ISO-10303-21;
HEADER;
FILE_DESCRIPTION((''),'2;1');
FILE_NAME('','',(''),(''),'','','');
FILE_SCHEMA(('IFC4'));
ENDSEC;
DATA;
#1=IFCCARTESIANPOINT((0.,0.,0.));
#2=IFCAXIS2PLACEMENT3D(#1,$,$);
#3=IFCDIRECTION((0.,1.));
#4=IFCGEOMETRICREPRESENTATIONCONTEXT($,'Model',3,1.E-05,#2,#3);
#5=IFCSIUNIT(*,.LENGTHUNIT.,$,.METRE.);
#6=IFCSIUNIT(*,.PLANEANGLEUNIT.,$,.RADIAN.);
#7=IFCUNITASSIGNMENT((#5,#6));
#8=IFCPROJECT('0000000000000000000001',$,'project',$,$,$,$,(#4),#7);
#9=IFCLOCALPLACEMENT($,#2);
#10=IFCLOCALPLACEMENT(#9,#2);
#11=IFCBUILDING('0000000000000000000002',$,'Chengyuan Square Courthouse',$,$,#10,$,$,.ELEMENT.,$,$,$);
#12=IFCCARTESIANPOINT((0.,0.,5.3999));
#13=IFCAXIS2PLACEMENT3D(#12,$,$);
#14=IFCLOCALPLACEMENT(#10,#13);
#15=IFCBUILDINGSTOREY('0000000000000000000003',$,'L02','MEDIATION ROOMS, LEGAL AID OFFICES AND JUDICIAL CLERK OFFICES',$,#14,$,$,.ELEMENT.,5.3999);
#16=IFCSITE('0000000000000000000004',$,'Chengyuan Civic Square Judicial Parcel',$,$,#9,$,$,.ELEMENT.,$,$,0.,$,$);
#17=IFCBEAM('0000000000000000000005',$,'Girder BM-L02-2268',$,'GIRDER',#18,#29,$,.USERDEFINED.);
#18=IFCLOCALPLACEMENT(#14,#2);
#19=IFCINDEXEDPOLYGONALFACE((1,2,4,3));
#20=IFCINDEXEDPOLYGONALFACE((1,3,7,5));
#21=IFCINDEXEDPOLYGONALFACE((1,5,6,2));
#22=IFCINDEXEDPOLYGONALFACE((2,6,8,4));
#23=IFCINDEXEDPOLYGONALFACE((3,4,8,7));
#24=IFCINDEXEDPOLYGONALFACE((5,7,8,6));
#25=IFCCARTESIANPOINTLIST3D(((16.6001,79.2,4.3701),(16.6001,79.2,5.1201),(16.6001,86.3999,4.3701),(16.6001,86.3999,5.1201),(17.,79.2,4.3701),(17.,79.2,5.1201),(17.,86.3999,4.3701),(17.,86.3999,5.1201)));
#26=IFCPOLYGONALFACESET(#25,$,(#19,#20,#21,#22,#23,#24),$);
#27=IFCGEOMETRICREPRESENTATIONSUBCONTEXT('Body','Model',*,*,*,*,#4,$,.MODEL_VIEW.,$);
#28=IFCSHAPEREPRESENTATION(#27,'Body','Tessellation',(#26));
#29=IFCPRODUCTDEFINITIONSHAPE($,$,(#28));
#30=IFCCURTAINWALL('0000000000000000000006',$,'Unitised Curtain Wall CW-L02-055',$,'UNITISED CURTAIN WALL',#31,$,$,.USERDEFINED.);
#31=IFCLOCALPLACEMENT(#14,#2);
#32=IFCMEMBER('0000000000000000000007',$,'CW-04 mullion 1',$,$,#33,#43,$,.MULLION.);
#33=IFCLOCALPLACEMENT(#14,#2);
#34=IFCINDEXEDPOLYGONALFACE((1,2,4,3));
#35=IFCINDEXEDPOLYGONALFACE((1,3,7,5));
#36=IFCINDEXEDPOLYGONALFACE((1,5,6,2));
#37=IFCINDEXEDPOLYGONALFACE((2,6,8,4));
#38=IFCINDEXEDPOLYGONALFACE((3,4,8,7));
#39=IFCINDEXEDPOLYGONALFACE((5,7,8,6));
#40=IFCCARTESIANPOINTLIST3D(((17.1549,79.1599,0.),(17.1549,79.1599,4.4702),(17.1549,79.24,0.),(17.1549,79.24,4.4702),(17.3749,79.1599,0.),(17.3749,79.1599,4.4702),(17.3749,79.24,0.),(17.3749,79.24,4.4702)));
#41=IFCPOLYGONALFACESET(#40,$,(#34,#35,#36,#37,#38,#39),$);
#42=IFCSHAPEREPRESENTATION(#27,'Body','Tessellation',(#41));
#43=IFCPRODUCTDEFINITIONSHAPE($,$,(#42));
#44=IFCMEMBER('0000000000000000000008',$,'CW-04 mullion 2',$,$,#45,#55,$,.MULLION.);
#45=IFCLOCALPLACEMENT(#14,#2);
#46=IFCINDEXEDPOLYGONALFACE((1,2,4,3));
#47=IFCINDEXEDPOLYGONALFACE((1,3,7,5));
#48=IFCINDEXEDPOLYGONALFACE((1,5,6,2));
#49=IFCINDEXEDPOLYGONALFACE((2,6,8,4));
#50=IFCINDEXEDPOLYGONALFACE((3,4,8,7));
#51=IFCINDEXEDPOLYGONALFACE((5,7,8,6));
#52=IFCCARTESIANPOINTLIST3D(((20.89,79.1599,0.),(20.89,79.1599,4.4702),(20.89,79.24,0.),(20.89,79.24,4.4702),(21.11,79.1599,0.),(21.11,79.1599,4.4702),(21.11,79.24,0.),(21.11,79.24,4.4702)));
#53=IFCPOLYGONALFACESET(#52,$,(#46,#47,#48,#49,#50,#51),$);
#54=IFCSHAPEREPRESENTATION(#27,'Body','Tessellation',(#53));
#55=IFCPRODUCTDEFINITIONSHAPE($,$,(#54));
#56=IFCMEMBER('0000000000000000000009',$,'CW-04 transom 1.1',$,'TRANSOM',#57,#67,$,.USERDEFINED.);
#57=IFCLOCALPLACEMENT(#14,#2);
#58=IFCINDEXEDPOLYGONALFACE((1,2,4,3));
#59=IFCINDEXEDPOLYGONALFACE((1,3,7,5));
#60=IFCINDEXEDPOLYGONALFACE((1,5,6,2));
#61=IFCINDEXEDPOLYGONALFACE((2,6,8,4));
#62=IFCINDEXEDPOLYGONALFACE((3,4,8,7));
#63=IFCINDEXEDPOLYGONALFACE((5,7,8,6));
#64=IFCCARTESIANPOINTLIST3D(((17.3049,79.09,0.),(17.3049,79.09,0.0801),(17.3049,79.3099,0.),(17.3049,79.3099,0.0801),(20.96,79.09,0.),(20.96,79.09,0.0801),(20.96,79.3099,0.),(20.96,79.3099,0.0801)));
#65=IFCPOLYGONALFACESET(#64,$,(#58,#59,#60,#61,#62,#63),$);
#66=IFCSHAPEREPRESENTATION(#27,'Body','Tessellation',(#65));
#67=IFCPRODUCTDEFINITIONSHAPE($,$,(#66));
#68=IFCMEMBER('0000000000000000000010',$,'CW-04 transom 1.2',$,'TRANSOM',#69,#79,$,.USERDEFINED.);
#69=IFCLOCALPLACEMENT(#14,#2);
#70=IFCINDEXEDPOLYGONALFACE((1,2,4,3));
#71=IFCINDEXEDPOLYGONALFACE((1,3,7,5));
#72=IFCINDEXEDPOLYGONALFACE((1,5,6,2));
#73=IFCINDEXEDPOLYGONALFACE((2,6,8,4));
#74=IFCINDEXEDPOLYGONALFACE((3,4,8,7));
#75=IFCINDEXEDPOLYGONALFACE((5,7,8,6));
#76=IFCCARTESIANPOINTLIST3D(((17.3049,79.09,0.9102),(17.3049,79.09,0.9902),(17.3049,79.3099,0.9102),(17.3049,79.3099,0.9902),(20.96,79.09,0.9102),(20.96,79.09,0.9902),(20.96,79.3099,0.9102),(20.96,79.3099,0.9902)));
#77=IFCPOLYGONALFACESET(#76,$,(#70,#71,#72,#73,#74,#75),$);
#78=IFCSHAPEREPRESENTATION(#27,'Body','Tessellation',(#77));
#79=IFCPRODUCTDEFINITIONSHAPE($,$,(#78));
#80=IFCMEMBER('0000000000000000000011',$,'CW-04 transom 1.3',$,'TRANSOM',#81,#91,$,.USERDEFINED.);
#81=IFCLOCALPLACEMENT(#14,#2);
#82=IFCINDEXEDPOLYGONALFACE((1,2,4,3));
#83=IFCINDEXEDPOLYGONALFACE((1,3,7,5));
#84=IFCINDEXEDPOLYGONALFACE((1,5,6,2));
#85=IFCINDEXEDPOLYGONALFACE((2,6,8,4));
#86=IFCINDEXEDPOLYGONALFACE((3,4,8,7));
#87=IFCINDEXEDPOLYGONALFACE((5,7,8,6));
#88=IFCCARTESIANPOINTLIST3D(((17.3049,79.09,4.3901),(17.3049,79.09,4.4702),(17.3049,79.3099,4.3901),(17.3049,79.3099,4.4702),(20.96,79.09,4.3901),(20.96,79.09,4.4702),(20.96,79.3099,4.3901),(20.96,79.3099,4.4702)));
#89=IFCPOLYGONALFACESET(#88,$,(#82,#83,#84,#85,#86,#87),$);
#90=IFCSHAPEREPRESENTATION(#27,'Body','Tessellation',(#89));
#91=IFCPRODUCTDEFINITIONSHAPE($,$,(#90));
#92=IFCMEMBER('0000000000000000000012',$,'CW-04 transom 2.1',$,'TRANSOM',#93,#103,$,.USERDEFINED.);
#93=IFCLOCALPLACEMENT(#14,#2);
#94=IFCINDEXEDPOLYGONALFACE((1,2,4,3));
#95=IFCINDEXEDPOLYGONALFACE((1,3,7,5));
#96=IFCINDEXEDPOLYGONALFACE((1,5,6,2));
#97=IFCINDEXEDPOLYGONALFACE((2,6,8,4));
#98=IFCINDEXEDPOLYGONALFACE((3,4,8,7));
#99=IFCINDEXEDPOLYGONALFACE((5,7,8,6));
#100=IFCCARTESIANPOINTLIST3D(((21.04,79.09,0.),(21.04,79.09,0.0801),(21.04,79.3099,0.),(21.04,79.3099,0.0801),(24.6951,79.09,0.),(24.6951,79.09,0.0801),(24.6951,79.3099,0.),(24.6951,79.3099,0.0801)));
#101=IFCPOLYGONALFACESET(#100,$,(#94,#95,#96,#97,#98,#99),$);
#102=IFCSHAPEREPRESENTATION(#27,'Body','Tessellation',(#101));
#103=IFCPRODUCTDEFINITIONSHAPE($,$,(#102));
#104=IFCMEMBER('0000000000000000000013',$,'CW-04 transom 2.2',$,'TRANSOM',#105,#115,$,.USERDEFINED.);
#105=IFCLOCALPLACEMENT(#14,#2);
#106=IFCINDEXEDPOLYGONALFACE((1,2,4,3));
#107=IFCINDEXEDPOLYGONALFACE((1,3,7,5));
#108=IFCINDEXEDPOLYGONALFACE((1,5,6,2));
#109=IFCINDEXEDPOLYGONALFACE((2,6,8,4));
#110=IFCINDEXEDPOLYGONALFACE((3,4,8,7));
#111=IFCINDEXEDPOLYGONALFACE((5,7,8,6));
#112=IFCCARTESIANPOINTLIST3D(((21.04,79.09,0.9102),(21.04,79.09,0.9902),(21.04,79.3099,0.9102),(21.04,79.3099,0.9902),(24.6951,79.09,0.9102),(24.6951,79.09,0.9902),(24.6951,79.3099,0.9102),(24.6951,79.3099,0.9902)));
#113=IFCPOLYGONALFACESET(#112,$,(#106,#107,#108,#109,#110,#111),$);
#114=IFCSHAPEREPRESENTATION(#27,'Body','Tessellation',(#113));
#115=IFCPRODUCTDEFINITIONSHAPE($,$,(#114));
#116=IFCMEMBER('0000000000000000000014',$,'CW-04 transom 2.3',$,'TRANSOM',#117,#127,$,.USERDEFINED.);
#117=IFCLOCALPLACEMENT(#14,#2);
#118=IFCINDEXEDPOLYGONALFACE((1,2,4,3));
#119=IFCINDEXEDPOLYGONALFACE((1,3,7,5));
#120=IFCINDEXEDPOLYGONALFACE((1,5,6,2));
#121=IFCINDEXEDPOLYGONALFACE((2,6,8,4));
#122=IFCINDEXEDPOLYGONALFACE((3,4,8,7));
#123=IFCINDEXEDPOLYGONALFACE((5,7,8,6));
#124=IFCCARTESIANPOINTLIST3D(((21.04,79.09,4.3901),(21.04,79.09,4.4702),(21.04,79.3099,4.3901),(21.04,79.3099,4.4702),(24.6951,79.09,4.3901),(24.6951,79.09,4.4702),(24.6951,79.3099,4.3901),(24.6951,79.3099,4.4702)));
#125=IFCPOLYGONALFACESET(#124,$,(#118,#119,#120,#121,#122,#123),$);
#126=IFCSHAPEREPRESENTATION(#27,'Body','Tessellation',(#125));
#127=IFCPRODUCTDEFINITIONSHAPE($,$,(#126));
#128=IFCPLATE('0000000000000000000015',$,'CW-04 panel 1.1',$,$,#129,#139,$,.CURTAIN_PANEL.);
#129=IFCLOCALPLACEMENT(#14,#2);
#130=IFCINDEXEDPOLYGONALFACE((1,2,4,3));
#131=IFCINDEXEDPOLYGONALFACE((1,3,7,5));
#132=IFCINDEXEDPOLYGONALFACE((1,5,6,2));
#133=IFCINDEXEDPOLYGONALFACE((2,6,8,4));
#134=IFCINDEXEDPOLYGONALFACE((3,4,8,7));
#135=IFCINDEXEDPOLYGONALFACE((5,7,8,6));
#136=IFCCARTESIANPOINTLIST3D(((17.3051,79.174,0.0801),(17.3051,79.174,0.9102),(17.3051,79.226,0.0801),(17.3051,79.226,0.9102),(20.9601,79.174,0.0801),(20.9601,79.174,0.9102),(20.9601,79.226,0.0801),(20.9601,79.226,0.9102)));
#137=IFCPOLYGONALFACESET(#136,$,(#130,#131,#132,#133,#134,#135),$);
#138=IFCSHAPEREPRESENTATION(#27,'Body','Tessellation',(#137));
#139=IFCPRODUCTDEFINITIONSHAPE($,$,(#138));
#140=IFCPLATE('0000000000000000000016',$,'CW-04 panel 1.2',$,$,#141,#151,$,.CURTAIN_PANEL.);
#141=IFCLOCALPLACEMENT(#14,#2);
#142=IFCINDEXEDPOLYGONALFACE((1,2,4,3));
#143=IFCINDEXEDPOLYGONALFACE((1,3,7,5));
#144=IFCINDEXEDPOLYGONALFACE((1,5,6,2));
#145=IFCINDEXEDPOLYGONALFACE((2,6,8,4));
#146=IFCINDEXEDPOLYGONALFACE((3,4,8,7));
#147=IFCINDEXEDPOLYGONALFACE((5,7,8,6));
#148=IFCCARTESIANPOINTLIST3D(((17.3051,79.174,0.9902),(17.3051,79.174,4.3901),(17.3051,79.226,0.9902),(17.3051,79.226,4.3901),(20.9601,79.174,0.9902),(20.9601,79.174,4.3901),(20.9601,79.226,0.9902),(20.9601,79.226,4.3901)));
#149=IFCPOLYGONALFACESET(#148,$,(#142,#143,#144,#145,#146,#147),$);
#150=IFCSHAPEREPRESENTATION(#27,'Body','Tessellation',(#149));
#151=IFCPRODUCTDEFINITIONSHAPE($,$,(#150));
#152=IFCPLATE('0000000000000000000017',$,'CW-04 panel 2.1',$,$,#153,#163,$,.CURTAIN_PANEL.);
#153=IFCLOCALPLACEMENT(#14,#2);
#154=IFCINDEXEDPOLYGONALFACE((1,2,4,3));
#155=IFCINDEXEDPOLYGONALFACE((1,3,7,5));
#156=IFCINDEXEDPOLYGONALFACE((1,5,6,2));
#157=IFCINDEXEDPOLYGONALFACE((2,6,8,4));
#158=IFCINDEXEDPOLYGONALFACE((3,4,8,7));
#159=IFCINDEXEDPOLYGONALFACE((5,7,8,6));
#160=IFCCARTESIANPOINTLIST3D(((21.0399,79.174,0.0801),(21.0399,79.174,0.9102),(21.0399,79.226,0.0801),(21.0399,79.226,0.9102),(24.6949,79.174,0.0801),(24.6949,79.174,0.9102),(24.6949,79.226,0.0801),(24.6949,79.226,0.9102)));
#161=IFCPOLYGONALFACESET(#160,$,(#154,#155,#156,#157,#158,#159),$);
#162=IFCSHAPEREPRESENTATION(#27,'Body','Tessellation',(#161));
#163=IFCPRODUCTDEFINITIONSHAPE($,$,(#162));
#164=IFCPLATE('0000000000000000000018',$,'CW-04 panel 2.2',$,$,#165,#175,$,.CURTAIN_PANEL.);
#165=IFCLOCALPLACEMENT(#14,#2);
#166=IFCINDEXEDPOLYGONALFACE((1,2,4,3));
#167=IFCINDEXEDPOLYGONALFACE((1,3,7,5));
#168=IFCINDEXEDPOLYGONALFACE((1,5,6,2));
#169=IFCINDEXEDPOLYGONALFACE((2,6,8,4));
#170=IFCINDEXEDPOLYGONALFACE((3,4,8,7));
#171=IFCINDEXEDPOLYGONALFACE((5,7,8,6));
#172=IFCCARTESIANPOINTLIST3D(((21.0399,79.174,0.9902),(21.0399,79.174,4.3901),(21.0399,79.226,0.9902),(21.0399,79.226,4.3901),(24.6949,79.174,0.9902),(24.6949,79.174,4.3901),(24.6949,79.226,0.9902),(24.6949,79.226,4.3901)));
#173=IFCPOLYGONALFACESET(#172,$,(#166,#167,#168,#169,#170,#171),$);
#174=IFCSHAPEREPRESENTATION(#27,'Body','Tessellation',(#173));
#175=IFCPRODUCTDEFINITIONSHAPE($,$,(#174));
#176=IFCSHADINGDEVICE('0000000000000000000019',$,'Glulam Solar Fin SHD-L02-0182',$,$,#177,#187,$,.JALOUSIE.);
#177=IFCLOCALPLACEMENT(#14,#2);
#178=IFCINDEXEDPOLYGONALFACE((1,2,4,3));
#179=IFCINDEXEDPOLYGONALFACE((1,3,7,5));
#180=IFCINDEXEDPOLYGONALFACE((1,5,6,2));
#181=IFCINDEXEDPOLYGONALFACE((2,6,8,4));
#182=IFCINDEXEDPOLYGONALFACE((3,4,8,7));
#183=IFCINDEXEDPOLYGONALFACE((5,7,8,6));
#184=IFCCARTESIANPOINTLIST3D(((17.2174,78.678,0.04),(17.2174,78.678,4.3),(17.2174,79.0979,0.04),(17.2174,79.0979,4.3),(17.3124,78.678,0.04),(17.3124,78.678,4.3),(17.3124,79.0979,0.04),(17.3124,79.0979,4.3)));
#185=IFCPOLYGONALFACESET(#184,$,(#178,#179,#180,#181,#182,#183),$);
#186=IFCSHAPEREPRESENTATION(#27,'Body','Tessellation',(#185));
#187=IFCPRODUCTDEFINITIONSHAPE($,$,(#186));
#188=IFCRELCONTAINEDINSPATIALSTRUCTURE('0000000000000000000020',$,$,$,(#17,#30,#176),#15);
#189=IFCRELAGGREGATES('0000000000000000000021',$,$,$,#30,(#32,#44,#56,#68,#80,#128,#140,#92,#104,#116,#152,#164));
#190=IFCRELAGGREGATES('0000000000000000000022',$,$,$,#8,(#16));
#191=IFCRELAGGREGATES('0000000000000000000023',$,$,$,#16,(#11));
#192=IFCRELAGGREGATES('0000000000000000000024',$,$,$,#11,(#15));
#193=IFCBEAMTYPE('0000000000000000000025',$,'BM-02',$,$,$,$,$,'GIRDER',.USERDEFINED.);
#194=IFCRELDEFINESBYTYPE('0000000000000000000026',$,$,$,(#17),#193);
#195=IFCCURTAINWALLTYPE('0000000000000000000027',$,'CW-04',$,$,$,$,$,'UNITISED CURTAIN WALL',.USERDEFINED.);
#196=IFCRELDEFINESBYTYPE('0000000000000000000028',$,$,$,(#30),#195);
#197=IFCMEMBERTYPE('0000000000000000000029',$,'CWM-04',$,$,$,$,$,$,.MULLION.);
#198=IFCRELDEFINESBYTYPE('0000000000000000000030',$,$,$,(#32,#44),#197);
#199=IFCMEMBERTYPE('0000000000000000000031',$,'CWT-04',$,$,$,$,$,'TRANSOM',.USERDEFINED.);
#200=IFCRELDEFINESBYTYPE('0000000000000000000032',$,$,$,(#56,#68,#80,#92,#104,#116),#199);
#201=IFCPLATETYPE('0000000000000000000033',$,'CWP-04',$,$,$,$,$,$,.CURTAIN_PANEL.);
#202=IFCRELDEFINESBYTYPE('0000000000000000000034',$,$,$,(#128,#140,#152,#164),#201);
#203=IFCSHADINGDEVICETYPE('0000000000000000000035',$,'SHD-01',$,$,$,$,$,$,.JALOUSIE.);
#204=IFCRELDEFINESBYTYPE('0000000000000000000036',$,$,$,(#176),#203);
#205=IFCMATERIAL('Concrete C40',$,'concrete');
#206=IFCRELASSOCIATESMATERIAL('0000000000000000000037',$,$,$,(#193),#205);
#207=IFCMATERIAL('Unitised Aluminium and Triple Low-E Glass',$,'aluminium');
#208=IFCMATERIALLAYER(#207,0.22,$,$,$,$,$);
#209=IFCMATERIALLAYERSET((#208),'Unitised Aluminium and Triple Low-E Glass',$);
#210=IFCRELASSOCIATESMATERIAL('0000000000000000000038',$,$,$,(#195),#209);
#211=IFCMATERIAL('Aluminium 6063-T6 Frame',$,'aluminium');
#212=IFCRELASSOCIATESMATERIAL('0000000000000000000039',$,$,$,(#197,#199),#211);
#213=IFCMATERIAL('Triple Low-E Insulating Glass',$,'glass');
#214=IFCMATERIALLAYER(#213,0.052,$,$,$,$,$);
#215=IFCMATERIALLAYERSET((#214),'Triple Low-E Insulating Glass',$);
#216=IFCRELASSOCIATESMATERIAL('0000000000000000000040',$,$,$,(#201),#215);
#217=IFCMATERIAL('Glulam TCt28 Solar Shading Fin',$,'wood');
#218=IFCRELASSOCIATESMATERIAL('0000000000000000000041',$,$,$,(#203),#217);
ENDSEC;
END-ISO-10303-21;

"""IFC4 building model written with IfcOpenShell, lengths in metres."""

from ifc_helpers import new_model, si_unit, direction, frame, origin, origin_2d, place, context, subcontext, project, spatial, rectangle, extrude, material, layer, layer_set, material_profile, profile_set, type_object, element, aggregate, save


model = new_model("IFC4")

# Units and contexts
model_context = context("Model", 3, precision=1e-05, world=origin(), true_north=direction((0.0, 1.0)))
body_context = subcontext(model_context, "Body", "Model", "MODEL_VIEW")
ifc_project = project(units=[si_unit("LENGTHUNIT", "METRE"), si_unit("PLANEANGLEUNIT", "RADIAN")], contexts=[model_context])

# Site, building, storey
site_placement = place(None, origin())
site = spatial("IfcSite", under=ifc_project, at=site_placement, Name="Chengyuan Civic Square Judicial Parcel", CompositionType="ELEMENT", RefElevation=0.0)
building_placement = place(site_placement, origin())
building = spatial("IfcBuilding", under=site, at=building_placement, Name="Chengyuan Square Courthouse", CompositionType="ELEMENT")
storey_placement = place(building_placement, frame((0.0, 0.0, 5.3999)))
storey = spatial("IfcBuildingStorey", under=building, at=storey_placement, Name="L02", Description="MEDIATION ROOMS, LEGAL AID OFFICES AND JUDICIAL CLERK OFFICES", CompositionType="ELEMENT", Elevation=5.3999)

# Beam
ifc_material_1 = material(Name="Concrete C40", Category="concrete")
ifc_material_profile_1 = material_profile(ifc_material_1, rectangle(XDim=0.3999, YDim=0.75, at=origin_2d()), Name="RC-BM-400x750")
ifc_profile_set_1 = profile_set([ifc_material_profile_1], Name="Concrete C40")
beam_type = type_object("IfcBeamType", Name="BM-02", ElementType="GIRDER", PredefinedType="USERDEFINED", material=ifc_profile_set_1)
beam_placement = place(storey_placement, frame((16.8, 79.2, 4.7451), z_axis=(0.0, 1.0, 0.0), x_axis=(-1.0, 0.0, 0.0)))
element("IfcBeam", 1, at=beam_placement, inside=storey, type_object=beam_type, Name="Girder BM-L02-2268", ObjectType="GIRDER", PredefinedType="USERDEFINED", context=body_context, shape_type="SweptSolid", body=[
    extrude(rectangle(XDim=0.3999, YDim=0.75, at=origin_2d()), origin(), (0.0, 0.0, 1.0), 7.2),
])

# Curtain wall, members, plates
ifc_material_2 = material(Name="Unitised Aluminium and Triple Low-E Glass", Category="aluminium")
ifc_layer_1 = layer(ifc_material_2, 0.22)
ifc_layer_set_1 = layer_set([ifc_layer_1], Name="Unitised Aluminium and Triple Low-E Glass")
curtain_wall_type = type_object("IfcCurtainWallType", Name="CW-04", ElementType="UNITISED CURTAIN WALL", PredefinedType="USERDEFINED", material=ifc_layer_set_1)
curtain_wall_placement = place(storey_placement, origin())
curtain_wall = element("IfcCurtainWall", 2, at=curtain_wall_placement, inside=storey, type_object=curtain_wall_type, Name="Unitised Curtain Wall CW-L02-055", ObjectType="UNITISED CURTAIN WALL", PredefinedType="USERDEFINED")
ifc_material_3 = material(Name="Aluminium 6063-T6 Frame", Category="aluminium")
ifc_material_profile_2 = material_profile(ifc_material_3, rectangle(XDim=0.0801, YDim=0.22, at=origin_2d()), Name="CW-MUL-80x220")
ifc_profile_set_2 = profile_set([ifc_material_profile_2], Name="Aluminium 6063-T6 Frame")
member_type_1 = type_object("IfcMemberType", Name="CWM-04", PredefinedType="MULLION", material=ifc_profile_set_2)
member_1_placement = place(storey_placement, frame((17.2649, 79.2, 0.0), z_axis=(0.0, 0.0, 1.0), x_axis=(0.0, 1.0, 0.0)))
member_1 = element("IfcMember", 3, at=member_1_placement, type_object=member_type_1, Name="CW-04 mullion 1", PredefinedType="MULLION", context=body_context, shape_type="SweptSolid", body=[
    extrude(rectangle(XDim=0.0801, YDim=0.22, at=origin_2d()), origin(), (0.0, 0.0, 1.0), 4.4702),
])
member_2_placement = place(storey_placement, frame((21.0, 79.2, 0.0), z_axis=(0.0, 0.0, 1.0), x_axis=(0.0, 1.0, 0.0)))
member_2 = element("IfcMember", 4, at=member_2_placement, type_object=member_type_1, Name="CW-04 mullion 2", PredefinedType="MULLION", context=body_context, shape_type="SweptSolid", body=[
    extrude(rectangle(XDim=0.0801, YDim=0.22, at=origin_2d()), origin(), (0.0, 0.0, 1.0), 4.4702),
])
ifc_material_profile_3 = material_profile(ifc_material_3, rectangle(XDim=0.22, YDim=0.0801, at=origin_2d()), Name="CW-TRN-80x180")
ifc_profile_set_3 = profile_set([ifc_material_profile_3], Name="Aluminium 6063-T6 Frame")
member_type_2 = type_object("IfcMemberType", Name="CWT-04", ElementType="TRANSOM", PredefinedType="USERDEFINED", material=ifc_profile_set_3)
member_3_placement = place(storey_placement, frame((17.3049, 79.2, 0.04), z_axis=(1.0, 0.0, 0.0), x_axis=(0.0, 1.0, 0.0)))
member_3 = element("IfcMember", 5, at=member_3_placement, type_object=member_type_2, Name="CW-04 transom 1.1", ObjectType="TRANSOM", PredefinedType="USERDEFINED", context=body_context, shape_type="SweptSolid", body=[
    extrude(rectangle(XDim=0.22, YDim=0.0801, at=origin_2d()), origin(), (0.0, 0.0, 1.0), 3.655),
])
member_4_placement = place(storey_placement, frame((17.3049, 79.2, 0.9502), z_axis=(1.0, 0.0, 0.0), x_axis=(0.0, 1.0, 0.0)))
member_4 = element("IfcMember", 6, at=member_4_placement, type_object=member_type_2, Name="CW-04 transom 1.2", ObjectType="TRANSOM", PredefinedType="USERDEFINED", context=body_context, shape_type="SweptSolid", body=[
    extrude(rectangle(XDim=0.22, YDim=0.0801, at=origin_2d()), origin(), (0.0, 0.0, 1.0), 3.655),
])
member_5_placement = place(storey_placement, frame((17.3049, 79.2, 4.4302), z_axis=(1.0, 0.0, 0.0), x_axis=(0.0, 1.0, 0.0)))
member_5 = element("IfcMember", 7, at=member_5_placement, type_object=member_type_2, Name="CW-04 transom 1.3", ObjectType="TRANSOM", PredefinedType="USERDEFINED", context=body_context, shape_type="SweptSolid", body=[
    extrude(rectangle(XDim=0.22, YDim=0.0801, at=origin_2d()), origin(), (0.0, 0.0, 1.0), 3.655),
])
member_6_placement = place(storey_placement, frame((21.04, 79.2, 0.04), z_axis=(1.0, 0.0, 0.0), x_axis=(0.0, 1.0, 0.0)))
member_6 = element("IfcMember", 8, at=member_6_placement, type_object=member_type_2, Name="CW-04 transom 2.1", ObjectType="TRANSOM", PredefinedType="USERDEFINED", context=body_context, shape_type="SweptSolid", body=[
    extrude(rectangle(XDim=0.22, YDim=0.0801, at=origin_2d()), origin(), (0.0, 0.0, 1.0), 3.655),
])
member_7_placement = place(storey_placement, frame((21.04, 79.2, 0.9502), z_axis=(1.0, 0.0, 0.0), x_axis=(0.0, 1.0, 0.0)))
member_7 = element("IfcMember", 9, at=member_7_placement, type_object=member_type_2, Name="CW-04 transom 2.2", ObjectType="TRANSOM", PredefinedType="USERDEFINED", context=body_context, shape_type="SweptSolid", body=[
    extrude(rectangle(XDim=0.22, YDim=0.0801, at=origin_2d()), origin(), (0.0, 0.0, 1.0), 3.655),
])
member_8_placement = place(storey_placement, frame((21.04, 79.2, 4.4302), z_axis=(1.0, 0.0, 0.0), x_axis=(0.0, 1.0, 0.0)))
member_8 = element("IfcMember", 10, at=member_8_placement, type_object=member_type_2, Name="CW-04 transom 2.3", ObjectType="TRANSOM", PredefinedType="USERDEFINED", context=body_context, shape_type="SweptSolid", body=[
    extrude(rectangle(XDim=0.22, YDim=0.0801, at=origin_2d()), origin(), (0.0, 0.0, 1.0), 3.655),
])
ifc_material_4 = material(Name="Triple Low-E Insulating Glass", Category="glass")
ifc_layer_2 = layer(ifc_material_4, 0.052)
ifc_layer_set_2 = layer_set([ifc_layer_2], Name="Triple Low-E Insulating Glass")
plate_type = type_object("IfcPlateType", Name="CWP-04", PredefinedType="CURTAIN_PANEL", material=ifc_layer_set_2)
plate_1_placement = place(storey_placement, frame((19.1326, 79.2, 0.0801), z_axis=(0.0, 0.0, 1.0), x_axis=(1.0, 0.0, 0.0)))
plate_1 = element("IfcPlate", 11, at=plate_1_placement, type_object=plate_type, Name="CW-04 panel 1.1", PredefinedType="CURTAIN_PANEL", context=body_context, shape_type="SweptSolid", body=[
    extrude(rectangle(XDim=3.655, YDim=0.052, at=origin_2d()), origin(), (0.0, 0.0, 1.0), 0.8301),
])
plate_2_placement = place(storey_placement, frame((19.1326, 79.2, 0.9902), z_axis=(0.0, 0.0, 1.0), x_axis=(1.0, 0.0, 0.0)))
plate_2 = element("IfcPlate", 12, at=plate_2_placement, type_object=plate_type, Name="CW-04 panel 1.2", PredefinedType="CURTAIN_PANEL", context=body_context, shape_type="SweptSolid", body=[
    extrude(rectangle(XDim=3.655, YDim=0.052, at=origin_2d()), origin(), (0.0, 0.0, 1.0), 3.3999),
])
plate_3_placement = place(storey_placement, frame((22.8674, 79.2, 0.0801), z_axis=(0.0, 0.0, 1.0), x_axis=(1.0, 0.0, 0.0)))
plate_3 = element("IfcPlate", 13, at=plate_3_placement, type_object=plate_type, Name="CW-04 panel 2.1", PredefinedType="CURTAIN_PANEL", context=body_context, shape_type="SweptSolid", body=[
    extrude(rectangle(XDim=3.655, YDim=0.052, at=origin_2d()), origin(), (0.0, 0.0, 1.0), 0.8301),
])
plate_4_placement = place(storey_placement, frame((22.8674, 79.2, 0.9902), z_axis=(0.0, 0.0, 1.0), x_axis=(1.0, 0.0, 0.0)))
plate_4 = element("IfcPlate", 14, at=plate_4_placement, type_object=plate_type, Name="CW-04 panel 2.2", PredefinedType="CURTAIN_PANEL", context=body_context, shape_type="SweptSolid", body=[
    extrude(rectangle(XDim=3.655, YDim=0.052, at=origin_2d()), origin(), (0.0, 0.0, 1.0), 3.3999),
])
aggregate(curtain_wall, [member_1, member_2, member_3, member_4, member_5, plate_1, plate_2, member_6, member_7, member_8, plate_3, plate_4])

# Shading device
ifc_material_5 = material(Name="Glulam TCt28 Solar Shading Fin", Category="wood")
shading_device_type_1 = type_object("IfcShadingDeviceType", Name="SHD-01", PredefinedType="JALOUSIE", material=ifc_material_5)
for number, where, z_axis, x_axis, name in (
    (15, (17.2649, 78.8879, 0.04), (0.0, 0.0, 1.0), (0.0, 1.0, 0.0), "Glulam Solar Fin SHD-L02-0182"),
):
    element("IfcShadingDevice", number, at=place(storey_placement, frame(where, z_axis=z_axis, x_axis=x_axis)), inside=storey, type_object=shading_device_type_1, Name=name, PredefinedType="JALOUSIE", context=body_context, shape_type="SweptSolid", body=[
        extrude(rectangle(XDim=0.4199, YDim=0.095, at=origin_2d()), origin(), (0.0, 0.0, 1.0), 4.26),
    ])

save(model, "model.ifc")
